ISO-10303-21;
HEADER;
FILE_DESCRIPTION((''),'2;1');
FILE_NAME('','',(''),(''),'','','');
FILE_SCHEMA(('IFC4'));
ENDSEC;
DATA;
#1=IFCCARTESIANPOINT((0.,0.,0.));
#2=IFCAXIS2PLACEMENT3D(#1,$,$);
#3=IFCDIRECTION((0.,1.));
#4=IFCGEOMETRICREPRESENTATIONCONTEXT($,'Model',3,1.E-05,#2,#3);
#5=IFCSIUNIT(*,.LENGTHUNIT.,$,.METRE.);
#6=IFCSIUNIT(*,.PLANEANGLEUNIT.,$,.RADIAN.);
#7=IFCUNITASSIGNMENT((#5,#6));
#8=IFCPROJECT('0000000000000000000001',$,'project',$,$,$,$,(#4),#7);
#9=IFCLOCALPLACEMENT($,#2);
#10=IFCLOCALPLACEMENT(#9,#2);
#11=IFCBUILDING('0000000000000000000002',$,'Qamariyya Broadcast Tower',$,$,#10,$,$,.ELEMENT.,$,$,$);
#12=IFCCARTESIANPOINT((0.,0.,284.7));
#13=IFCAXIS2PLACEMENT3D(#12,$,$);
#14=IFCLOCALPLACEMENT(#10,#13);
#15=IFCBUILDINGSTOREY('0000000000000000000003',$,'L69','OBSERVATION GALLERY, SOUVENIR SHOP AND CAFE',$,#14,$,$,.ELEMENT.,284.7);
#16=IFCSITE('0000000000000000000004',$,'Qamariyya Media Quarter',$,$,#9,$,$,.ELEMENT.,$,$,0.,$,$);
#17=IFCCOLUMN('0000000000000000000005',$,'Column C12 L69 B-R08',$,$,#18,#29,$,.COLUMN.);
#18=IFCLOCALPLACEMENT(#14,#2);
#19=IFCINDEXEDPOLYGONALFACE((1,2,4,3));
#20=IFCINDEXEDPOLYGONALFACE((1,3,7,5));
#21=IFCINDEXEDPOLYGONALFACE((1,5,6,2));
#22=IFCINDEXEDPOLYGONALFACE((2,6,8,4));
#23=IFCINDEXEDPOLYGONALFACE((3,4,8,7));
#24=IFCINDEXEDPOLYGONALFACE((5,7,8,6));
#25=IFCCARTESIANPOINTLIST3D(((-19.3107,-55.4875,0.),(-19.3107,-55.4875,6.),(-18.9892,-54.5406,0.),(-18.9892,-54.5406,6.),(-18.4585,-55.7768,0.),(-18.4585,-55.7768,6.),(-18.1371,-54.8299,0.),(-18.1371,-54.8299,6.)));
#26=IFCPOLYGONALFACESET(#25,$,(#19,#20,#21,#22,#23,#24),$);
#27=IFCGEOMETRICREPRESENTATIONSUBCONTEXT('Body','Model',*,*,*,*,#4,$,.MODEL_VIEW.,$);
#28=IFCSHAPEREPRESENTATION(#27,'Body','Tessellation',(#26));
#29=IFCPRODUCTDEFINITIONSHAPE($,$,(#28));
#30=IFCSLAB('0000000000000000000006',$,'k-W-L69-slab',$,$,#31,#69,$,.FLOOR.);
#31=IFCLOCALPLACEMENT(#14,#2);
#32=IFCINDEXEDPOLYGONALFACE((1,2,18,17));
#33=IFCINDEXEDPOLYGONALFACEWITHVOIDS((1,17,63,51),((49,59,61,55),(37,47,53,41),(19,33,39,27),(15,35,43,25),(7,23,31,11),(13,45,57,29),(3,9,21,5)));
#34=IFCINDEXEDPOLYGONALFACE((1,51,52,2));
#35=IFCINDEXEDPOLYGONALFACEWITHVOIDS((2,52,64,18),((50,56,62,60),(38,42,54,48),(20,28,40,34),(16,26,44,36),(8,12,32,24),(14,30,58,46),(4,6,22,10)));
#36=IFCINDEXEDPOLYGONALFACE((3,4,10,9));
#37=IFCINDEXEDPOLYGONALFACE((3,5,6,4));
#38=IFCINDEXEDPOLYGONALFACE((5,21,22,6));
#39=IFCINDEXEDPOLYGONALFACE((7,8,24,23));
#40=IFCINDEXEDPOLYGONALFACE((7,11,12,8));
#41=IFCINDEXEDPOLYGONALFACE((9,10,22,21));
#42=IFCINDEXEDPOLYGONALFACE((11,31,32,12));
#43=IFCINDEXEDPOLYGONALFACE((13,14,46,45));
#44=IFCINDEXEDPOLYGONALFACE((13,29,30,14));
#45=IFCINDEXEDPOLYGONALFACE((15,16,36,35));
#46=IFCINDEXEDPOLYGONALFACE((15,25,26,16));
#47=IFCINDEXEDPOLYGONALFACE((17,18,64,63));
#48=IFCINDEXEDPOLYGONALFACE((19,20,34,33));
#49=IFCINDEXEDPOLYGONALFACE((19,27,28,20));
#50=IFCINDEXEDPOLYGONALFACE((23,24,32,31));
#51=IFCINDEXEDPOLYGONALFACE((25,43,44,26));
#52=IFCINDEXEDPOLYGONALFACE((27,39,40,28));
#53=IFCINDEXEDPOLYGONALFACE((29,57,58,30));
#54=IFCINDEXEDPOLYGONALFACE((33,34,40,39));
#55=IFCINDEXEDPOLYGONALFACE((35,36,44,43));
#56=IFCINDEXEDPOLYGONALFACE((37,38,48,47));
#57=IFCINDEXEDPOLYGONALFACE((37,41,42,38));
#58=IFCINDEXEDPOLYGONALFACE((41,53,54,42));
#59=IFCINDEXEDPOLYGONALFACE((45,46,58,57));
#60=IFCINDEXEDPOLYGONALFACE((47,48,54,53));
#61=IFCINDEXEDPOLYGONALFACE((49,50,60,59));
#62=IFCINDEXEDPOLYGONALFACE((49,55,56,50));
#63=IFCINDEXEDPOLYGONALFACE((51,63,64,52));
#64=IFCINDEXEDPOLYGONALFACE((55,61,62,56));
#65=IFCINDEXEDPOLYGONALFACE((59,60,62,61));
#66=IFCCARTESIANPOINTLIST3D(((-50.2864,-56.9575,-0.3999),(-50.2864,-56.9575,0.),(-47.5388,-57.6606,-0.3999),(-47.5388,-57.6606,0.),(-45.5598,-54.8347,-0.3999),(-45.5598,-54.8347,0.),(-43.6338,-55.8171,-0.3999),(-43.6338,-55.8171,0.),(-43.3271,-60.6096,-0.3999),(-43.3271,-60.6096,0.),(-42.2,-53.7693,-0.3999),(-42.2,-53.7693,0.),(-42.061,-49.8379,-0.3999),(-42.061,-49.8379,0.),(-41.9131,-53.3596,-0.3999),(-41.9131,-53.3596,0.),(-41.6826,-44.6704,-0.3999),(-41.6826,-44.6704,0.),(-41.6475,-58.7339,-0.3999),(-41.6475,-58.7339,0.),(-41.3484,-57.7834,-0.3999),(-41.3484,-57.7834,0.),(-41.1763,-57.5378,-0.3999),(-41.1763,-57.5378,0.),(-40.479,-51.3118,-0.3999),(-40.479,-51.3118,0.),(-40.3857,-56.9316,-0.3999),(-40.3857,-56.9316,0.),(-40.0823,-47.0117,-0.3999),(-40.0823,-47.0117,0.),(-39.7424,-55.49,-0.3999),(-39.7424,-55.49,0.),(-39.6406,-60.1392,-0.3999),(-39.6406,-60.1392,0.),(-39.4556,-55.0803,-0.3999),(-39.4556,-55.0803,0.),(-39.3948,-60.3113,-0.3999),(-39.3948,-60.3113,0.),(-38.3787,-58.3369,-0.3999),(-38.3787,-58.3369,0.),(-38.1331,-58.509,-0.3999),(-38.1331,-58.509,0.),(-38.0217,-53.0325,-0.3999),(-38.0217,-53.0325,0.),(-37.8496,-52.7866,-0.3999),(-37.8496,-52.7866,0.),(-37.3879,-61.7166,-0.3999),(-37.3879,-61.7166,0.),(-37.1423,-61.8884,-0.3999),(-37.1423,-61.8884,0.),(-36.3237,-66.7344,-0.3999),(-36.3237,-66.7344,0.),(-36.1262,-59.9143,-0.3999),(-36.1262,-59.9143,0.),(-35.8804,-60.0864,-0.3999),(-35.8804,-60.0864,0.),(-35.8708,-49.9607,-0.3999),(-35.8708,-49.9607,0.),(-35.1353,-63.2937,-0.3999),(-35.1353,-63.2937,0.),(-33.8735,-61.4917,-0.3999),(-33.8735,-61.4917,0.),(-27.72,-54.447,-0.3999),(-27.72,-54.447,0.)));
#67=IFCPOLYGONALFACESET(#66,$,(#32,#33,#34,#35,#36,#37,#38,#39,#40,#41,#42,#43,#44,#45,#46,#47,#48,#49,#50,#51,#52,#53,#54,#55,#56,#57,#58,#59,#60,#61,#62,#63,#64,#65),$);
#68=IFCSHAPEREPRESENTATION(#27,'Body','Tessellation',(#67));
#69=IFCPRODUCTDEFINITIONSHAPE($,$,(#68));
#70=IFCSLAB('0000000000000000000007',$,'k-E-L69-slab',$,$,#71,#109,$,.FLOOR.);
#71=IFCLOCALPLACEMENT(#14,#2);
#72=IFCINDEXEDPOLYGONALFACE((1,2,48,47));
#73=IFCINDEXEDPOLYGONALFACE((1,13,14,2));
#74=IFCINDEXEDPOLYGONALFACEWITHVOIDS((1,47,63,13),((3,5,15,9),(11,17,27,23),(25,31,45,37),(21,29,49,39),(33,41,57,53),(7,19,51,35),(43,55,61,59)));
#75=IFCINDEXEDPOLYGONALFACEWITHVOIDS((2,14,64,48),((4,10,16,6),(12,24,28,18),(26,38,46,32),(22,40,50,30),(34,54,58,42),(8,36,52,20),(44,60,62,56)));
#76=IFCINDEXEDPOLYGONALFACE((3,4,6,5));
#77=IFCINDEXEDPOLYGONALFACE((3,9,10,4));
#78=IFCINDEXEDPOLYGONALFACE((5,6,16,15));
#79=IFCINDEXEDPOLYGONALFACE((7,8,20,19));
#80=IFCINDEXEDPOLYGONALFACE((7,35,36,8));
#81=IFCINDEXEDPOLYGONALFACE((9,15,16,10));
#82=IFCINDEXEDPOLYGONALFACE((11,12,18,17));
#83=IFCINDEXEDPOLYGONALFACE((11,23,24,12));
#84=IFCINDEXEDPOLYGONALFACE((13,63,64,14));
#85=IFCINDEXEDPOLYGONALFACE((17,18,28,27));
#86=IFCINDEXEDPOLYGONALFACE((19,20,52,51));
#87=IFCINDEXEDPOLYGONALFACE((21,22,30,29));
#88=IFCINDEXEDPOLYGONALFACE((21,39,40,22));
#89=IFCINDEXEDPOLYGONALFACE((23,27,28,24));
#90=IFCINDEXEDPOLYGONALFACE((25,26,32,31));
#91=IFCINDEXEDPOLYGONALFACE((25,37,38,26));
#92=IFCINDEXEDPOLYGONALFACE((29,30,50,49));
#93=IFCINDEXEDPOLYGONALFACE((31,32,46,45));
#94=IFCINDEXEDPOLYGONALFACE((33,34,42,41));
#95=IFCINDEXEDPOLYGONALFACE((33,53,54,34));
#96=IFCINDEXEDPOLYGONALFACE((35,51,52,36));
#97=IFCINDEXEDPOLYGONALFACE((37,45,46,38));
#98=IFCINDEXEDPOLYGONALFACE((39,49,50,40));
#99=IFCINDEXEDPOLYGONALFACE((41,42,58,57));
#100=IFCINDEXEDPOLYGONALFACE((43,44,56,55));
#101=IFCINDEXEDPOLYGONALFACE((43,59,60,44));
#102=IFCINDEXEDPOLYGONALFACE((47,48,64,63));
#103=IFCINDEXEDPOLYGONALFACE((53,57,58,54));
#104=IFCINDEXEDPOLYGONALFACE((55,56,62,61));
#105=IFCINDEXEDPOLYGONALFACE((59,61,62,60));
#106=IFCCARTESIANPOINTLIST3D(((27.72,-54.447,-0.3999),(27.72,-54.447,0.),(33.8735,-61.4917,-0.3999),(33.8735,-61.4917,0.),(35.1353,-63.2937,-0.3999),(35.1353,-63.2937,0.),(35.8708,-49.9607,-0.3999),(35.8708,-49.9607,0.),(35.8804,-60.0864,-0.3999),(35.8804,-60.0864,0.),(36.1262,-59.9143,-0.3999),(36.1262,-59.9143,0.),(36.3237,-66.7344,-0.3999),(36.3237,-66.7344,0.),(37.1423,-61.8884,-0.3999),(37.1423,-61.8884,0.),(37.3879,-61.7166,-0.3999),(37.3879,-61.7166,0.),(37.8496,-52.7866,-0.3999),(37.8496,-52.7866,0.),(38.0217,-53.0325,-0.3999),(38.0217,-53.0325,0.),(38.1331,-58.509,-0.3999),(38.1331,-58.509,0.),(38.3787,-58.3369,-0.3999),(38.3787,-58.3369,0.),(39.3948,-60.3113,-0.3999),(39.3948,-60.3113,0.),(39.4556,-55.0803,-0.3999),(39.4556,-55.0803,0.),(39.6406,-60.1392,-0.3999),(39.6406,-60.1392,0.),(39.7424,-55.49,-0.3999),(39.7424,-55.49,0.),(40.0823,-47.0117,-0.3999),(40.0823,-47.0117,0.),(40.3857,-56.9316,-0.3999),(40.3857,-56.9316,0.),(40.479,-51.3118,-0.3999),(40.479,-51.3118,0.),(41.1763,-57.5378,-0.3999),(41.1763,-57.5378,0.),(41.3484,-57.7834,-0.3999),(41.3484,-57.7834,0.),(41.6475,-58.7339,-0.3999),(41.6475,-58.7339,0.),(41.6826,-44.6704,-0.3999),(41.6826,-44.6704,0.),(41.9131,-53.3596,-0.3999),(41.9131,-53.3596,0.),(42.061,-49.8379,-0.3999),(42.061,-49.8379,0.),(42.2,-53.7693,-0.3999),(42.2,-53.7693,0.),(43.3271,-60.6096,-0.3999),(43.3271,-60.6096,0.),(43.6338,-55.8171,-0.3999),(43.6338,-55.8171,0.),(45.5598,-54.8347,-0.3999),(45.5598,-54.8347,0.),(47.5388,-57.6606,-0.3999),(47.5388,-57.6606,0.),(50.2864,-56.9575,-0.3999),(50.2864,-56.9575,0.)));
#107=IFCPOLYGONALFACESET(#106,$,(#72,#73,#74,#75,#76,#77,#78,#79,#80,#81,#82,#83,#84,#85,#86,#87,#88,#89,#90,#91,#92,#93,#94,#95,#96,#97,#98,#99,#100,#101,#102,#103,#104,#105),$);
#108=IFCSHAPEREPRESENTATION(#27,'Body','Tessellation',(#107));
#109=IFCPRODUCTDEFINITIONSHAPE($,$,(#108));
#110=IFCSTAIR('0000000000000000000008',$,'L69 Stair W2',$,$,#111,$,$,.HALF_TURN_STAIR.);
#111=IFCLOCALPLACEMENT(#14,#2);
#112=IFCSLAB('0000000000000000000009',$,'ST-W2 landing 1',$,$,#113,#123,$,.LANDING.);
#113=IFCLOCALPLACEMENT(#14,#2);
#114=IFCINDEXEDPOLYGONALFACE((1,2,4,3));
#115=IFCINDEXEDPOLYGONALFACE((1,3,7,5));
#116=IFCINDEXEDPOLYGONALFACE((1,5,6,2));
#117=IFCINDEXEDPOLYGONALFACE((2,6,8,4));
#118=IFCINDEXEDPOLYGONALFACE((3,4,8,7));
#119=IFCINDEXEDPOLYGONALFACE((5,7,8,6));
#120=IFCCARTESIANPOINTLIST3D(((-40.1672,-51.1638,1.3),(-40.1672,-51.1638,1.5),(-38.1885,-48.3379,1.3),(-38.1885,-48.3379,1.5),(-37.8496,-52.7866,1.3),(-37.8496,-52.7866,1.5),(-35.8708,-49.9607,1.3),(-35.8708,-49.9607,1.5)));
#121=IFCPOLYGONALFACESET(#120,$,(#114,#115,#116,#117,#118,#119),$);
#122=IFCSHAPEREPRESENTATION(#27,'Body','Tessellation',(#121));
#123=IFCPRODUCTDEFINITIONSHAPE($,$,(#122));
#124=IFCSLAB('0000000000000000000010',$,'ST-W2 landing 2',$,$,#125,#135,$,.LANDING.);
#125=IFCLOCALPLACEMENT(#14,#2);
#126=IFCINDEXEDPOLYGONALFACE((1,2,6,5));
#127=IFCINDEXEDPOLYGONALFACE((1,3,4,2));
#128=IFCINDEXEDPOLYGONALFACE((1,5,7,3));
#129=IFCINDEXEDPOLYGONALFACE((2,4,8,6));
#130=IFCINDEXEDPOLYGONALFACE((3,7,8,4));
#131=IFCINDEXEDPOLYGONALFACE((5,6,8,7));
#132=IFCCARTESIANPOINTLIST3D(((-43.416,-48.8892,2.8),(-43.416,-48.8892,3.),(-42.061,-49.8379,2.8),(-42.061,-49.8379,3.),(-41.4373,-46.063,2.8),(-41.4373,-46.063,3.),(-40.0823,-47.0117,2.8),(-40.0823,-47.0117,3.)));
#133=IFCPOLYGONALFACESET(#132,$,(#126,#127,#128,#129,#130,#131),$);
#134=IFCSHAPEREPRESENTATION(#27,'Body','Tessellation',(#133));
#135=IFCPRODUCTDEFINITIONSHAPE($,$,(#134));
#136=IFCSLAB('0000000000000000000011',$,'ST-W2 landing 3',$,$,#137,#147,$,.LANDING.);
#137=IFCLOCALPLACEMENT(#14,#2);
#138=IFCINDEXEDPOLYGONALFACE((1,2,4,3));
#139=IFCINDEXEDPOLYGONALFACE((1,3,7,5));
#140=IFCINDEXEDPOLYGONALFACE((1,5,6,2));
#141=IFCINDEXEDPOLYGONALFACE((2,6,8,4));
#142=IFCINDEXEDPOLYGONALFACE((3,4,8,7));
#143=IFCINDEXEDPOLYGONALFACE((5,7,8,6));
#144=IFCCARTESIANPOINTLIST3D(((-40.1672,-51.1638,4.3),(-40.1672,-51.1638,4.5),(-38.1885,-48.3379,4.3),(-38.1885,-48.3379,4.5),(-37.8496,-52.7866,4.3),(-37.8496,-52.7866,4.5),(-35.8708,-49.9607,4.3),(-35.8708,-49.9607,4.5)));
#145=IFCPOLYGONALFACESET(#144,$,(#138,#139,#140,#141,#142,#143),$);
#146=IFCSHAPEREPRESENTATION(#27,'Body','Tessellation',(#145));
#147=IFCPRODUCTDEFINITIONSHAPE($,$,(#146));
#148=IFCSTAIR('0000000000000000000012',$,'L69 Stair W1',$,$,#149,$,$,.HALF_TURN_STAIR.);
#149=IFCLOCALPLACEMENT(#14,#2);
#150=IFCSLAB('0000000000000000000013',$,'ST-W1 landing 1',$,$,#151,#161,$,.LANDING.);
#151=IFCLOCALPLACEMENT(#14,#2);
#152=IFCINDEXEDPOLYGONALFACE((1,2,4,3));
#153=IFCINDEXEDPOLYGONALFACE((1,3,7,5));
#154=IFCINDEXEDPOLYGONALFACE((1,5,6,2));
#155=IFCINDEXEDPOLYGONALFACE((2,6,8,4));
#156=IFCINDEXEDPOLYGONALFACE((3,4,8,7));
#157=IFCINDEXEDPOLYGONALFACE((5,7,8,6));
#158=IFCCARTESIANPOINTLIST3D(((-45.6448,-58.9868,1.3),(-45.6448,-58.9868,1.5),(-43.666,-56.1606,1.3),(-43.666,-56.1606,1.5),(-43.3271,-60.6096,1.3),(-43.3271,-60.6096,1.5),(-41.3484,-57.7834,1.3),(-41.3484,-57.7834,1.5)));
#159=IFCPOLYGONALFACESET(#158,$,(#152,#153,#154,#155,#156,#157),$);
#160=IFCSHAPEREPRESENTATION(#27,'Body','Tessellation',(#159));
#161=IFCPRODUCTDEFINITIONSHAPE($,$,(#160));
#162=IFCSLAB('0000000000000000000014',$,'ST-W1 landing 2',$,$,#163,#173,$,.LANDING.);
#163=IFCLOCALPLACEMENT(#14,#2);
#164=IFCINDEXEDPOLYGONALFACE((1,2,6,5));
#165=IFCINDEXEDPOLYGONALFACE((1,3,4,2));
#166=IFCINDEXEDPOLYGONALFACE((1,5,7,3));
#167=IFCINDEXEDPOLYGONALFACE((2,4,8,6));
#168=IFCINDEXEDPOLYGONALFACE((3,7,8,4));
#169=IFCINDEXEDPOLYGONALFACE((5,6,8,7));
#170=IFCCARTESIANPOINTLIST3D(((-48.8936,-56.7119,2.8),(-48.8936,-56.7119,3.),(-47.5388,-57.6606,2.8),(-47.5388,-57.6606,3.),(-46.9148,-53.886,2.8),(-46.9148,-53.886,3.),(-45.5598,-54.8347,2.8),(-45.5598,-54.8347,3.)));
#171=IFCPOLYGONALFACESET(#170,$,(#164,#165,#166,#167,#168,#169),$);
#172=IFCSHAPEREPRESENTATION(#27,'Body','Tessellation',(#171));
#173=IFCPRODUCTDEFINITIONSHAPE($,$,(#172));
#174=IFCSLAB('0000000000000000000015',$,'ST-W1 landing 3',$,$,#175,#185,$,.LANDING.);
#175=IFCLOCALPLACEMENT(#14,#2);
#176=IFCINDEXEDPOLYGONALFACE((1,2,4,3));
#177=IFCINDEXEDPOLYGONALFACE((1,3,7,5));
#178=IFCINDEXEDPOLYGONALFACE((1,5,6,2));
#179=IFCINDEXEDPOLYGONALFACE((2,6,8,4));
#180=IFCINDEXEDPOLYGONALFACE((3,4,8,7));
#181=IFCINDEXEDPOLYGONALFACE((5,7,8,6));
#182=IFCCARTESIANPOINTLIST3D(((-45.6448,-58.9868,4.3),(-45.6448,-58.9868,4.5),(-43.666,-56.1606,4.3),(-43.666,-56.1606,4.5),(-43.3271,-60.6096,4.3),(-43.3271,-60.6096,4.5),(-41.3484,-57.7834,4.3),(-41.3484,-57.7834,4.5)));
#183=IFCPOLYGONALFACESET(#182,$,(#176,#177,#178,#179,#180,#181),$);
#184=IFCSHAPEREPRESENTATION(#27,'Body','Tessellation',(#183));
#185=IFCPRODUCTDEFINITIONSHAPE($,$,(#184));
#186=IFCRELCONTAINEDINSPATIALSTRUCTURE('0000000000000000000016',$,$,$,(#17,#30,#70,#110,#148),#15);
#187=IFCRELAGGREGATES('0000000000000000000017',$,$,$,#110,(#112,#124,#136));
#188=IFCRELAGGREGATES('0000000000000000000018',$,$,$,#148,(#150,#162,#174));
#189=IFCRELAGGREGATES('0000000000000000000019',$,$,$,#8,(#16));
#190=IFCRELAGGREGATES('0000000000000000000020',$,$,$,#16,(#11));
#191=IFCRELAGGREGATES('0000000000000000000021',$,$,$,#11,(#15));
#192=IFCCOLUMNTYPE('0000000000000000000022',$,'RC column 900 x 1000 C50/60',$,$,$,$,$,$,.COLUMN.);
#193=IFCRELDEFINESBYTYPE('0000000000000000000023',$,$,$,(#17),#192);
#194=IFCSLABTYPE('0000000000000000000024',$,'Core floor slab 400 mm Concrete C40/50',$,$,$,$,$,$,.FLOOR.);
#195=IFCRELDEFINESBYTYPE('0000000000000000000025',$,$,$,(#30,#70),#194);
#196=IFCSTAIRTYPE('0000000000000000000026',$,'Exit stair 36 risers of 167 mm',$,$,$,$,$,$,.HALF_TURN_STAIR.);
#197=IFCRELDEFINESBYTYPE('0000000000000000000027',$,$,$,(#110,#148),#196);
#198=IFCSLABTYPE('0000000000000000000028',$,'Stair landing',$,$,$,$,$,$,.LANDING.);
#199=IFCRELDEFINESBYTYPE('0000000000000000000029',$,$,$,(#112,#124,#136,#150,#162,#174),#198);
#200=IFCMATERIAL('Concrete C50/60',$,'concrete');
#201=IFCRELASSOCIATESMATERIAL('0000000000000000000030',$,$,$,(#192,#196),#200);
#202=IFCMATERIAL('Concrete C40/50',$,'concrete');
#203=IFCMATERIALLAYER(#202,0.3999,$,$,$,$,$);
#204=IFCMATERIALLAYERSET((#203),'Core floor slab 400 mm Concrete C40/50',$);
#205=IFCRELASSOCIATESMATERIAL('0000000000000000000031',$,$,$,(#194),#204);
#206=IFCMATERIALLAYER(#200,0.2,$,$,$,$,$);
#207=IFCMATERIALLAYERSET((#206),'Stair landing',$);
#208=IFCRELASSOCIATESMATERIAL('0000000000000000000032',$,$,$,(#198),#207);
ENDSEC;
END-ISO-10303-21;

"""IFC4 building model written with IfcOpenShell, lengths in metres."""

from ifc_helpers import new_model, si_unit, direction, frame, origin, origin_2d, place, context, subcontext, project, spatial, polyline, rectangle, outline, extrude, material, layer, layer_set, material_profile, profile_set, type_object, element, aggregate, save


model = new_model("IFC4")

# Units and contexts
model_context = context("Model", 3, precision=1e-05, world=origin(), true_north=direction((0.0, 1.0)))
body_context = subcontext(model_context, "Body", "Model", "MODEL_VIEW")
ifc_project = project(units=[si_unit("LENGTHUNIT", "METRE"), si_unit("PLANEANGLEUNIT", "RADIAN")], contexts=[model_context])

# Site, building, storey
site_placement = place(None, origin())
site = spatial("IfcSite", under=ifc_project, at=site_placement, Name="Qamariyya Media Quarter", CompositionType="ELEMENT", RefElevation=0.0)
building_placement = place(site_placement, origin())
building = spatial("IfcBuilding", under=site, at=building_placement, Name="Qamariyya Broadcast Tower", CompositionType="ELEMENT")
storey_placement = place(building_placement, frame((0.0, 0.0, 284.7)))
storey = spatial("IfcBuildingStorey", under=building, at=storey_placement, Name="L69", Description="OBSERVATION GALLERY, SOUVENIR SHOP AND CAFE", CompositionType="ELEMENT", Elevation=284.7)

# Column
ifc_material_1 = material(Name="Concrete C50/60", Category="concrete")
ifc_material_profile = material_profile(ifc_material_1, rectangle(XDim=0.8999, YDim=1.0, at=origin_2d()))
ifc_profile_set = profile_set([ifc_material_profile], Name="Concrete C50/60")
column_type = type_object("IfcColumnType", Name="RC column 900 x 1000 C50/60", PredefinedType="COLUMN", material=ifc_profile_set)
column_placement = place(storey_placement, frame((-18.7239, -55.1587, 0.0), z_axis=(0.0, 0.0, 1.0), x_axis=(0.94693, -0.321439, 0.0)))
element("IfcColumn", 1, at=column_placement, inside=storey, type_object=column_type, Name="Column C12 L69 B-R08", PredefinedType="COLUMN", context=body_context, shape_type="SweptSolid", body=[
    extrude(rectangle(XDim=0.8999, YDim=1.0, at=origin_2d()), origin(), (0.0, 0.0, 1.0), 6.0),
])

# Slabs
ifc_material_2 = material(Name="Concrete C40/50", Category="concrete")
ifc_layer_1 = layer(ifc_material_2, 0.3999)
ifc_layer_set_1 = layer_set([ifc_layer_1], Name="Core floor slab 400 mm Concrete C40/50")
slab_type_1 = type_object("IfcSlabType", Name="Core floor slab 400 mm Concrete C40/50", PredefinedType="FLOOR", material=ifc_layer_set_1)
slab_1_placement = place(storey_placement, frame((0.0, 0.0, -0.3999)))
element("IfcSlab", 2, at=slab_1_placement, inside=storey, type_object=slab_type_1, Name="k-W-L69-slab", PredefinedType="FLOOR", context=body_context, shape_type="SweptSolid", body=[
    extrude(outline(polyline([(-50.2864, -56.9575), (-36.3237, -66.7344), (-27.72, -54.447), (-41.6826, -44.6704), (-50.2864, -56.9575)]), holes=[polyline([(-33.8735, -61.4917), (-35.8804, -60.0864), (-37.1423, -61.8884), (-35.1353, -63.2937), (-33.8735, -61.4917)]), polyline([(-36.1262, -59.9143), (-38.1331, -58.509), (-39.3948, -60.3113), (-37.3879, -61.7166), (-36.1262, -59.9143)]), polyline([(-38.3787, -58.3369), (-40.3857, -56.9316), (-41.6475, -58.7339), (-39.6406, -60.1392), (-38.3787, -58.3369)]), polyline([(-39.7424, -55.49), (-42.2, -53.7693), (-43.6338, -55.8171), (-41.1763, -57.5378), (-39.7424, -55.49)]), polyline([(-39.4556, -55.0803), (-41.9131, -53.3596), (-40.479, -51.3118), (-38.0217, -53.0325), (-39.4556, -55.0803)]), polyline([(-42.061, -49.8379), (-37.8496, -52.7866), (-35.8708, -49.9607), (-40.0823, -47.0117), (-42.061, -49.8379)]), polyline([(-47.5388, -57.6606), (-43.3271, -60.6096), (-41.3484, -57.7834), (-45.5598, -54.8347), (-47.5388, -57.6606)])]), origin(), (0.0, 0.0, 1.0), 0.3999),
])
slab_2_placement = place(storey_placement, frame((0.0, 0.0, -0.3999)))
element("IfcSlab", 3, at=slab_2_placement, inside=storey, type_object=slab_type_1, Name="k-E-L69-slab", PredefinedType="FLOOR", context=body_context, shape_type="SweptSolid", body=[
    extrude(outline(polyline([(36.3237, -66.7344), (50.2864, -56.9575), (41.6826, -44.6704), (27.72, -54.447), (36.3237, -66.7344)]), holes=[polyline([(33.8735, -61.4917), (35.8804, -60.0864), (37.1423, -61.8884), (35.1353, -63.2937), (33.8735, -61.4917)]), polyline([(36.1262, -59.9143), (38.1331, -58.509), (39.3948, -60.3113), (37.3879, -61.7166), (36.1262, -59.9143)]), polyline([(38.3787, -58.3369), (40.3857, -56.9316), (41.6475, -58.7339), (39.6406, -60.1392), (38.3787, -58.3369)]), polyline([(39.7424, -55.49), (42.2, -53.7693), (43.6338, -55.8171), (41.1763, -57.5378), (39.7424, -55.49)]), polyline([(39.4556, -55.0803), (41.9131, -53.3596), (40.479, -51.3118), (38.0217, -53.0325), (39.4556, -55.0803)]), polyline([(40.0823, -47.0117), (35.8708, -49.9607), (37.8496, -52.7866), (42.061, -49.8379), (40.0823, -47.0117)]), polyline([(45.5598, -54.8347), (41.3484, -57.7834), (43.3271, -60.6096), (47.5388, -57.6606), (45.5598, -54.8347)])]), origin(), (0.0, 0.0, 1.0), 0.3999),
])

# Stairs, slabs
stair_type = type_object("IfcStairType", Name="Exit stair 36 risers of 167 mm", PredefinedType="HALF_TURN_STAIR", material=ifc_material_1)
stair_1_placement = place(storey_placement, origin())
stair_1 = element("IfcStair", 4, at=stair_1_placement, inside=storey, type_object=stair_type, Name="L69 Stair W2", PredefinedType="HALF_TURN_STAIR")
ifc_layer_2 = layer(ifc_material_1, 0.2)
ifc_layer_set_2 = layer_set([ifc_layer_2], Name="Stair landing")
slab_type_2 = type_object("IfcSlabType", Name="Stair landing", PredefinedType="LANDING", material=ifc_layer_set_2)
slab_3_placement = place(storey_placement, frame((0.0, 0.0, 1.3)))
slab_3 = element("IfcSlab", 5, at=slab_3_placement, type_object=slab_type_2, Name="ST-W2 landing 1", PredefinedType="LANDING", context=body_context, shape_type="SweptSolid", body=[
    extrude(outline(polyline([(-40.1672, -51.1638), (-37.8496, -52.7866), (-35.8708, -49.9607), (-38.1885, -48.3379), (-40.1672, -51.1638)])), origin(), (0.0, 0.0, 1.0), 0.2),
])
slab_4_placement = place(storey_placement, frame((0.0, 0.0, 2.8)))
slab_4 = element("IfcSlab", 6, at=slab_4_placement, type_object=slab_type_2, Name="ST-W2 landing 2", PredefinedType="LANDING", context=body_context, shape_type="SweptSolid", body=[
    extrude(outline(polyline([(-43.416, -48.8892), (-42.061, -49.8379), (-40.0823, -47.0117), (-41.4373, -46.063), (-43.416, -48.8892)])), origin(), (0.0, 0.0, 1.0), 0.2),
])
slab_5_placement = place(storey_placement, frame((0.0, 0.0, 4.3)))
slab_5 = element("IfcSlab", 7, at=slab_5_placement, type_object=slab_type_2, Name="ST-W2 landing 3", PredefinedType="LANDING", context=body_context, shape_type="SweptSolid", body=[
    extrude(outline(polyline([(-40.1672, -51.1638), (-37.8496, -52.7866), (-35.8708, -49.9607), (-38.1885, -48.3379), (-40.1672, -51.1638)])), origin(), (0.0, 0.0, 1.0), 0.2),
])
aggregate(stair_1, [slab_3, slab_4, slab_5])
stair_2_placement = place(storey_placement, origin())
stair_2 = element("IfcStair", 8, at=stair_2_placement, inside=storey, type_object=stair_type, Name="L69 Stair W1", PredefinedType="HALF_TURN_STAIR")
slab_6_placement = place(storey_placement, frame((0.0, 0.0, 1.3)))
slab_6 = element("IfcSlab", 9, at=slab_6_placement, type_object=slab_type_2, Name="ST-W1 landing 1", PredefinedType="LANDING", context=body_context, shape_type="SweptSolid", body=[
    extrude(outline(polyline([(-45.6448, -58.9868), (-43.3271, -60.6096), (-41.3484, -57.7834), (-43.666, -56.1606), (-45.6448, -58.9868)])), origin(), (0.0, 0.0, 1.0), 0.2),
])
slab_7_placement = place(storey_placement, frame((0.0, 0.0, 2.8)))
slab_7 = element("IfcSlab", 10, at=slab_7_placement, type_object=slab_type_2, Name="ST-W1 landing 2", PredefinedType="LANDING", context=body_context, shape_type="SweptSolid", body=[
    extrude(outline(polyline([(-48.8936, -56.7119), (-47.5388, -57.6606), (-45.5598, -54.8347), (-46.9148, -53.886), (-48.8936, -56.7119)])), origin(), (0.0, 0.0, 1.0), 0.2),
])
slab_8_placement = place(storey_placement, frame((0.0, 0.0, 4.3)))
slab_8 = element("IfcSlab", 11, at=slab_8_placement, type_object=slab_type_2, Name="ST-W1 landing 3", PredefinedType="LANDING", context=body_context, shape_type="SweptSolid", body=[
    extrude(outline(polyline([(-45.6448, -58.9868), (-43.3271, -60.6096), (-41.3484, -57.7834), (-43.666, -56.1606), (-45.6448, -58.9868)])), origin(), (0.0, 0.0, 1.0), 0.2),
])
aggregate(stair_2, [slab_6, slab_7, slab_8])

save(model, "model.ifc")
